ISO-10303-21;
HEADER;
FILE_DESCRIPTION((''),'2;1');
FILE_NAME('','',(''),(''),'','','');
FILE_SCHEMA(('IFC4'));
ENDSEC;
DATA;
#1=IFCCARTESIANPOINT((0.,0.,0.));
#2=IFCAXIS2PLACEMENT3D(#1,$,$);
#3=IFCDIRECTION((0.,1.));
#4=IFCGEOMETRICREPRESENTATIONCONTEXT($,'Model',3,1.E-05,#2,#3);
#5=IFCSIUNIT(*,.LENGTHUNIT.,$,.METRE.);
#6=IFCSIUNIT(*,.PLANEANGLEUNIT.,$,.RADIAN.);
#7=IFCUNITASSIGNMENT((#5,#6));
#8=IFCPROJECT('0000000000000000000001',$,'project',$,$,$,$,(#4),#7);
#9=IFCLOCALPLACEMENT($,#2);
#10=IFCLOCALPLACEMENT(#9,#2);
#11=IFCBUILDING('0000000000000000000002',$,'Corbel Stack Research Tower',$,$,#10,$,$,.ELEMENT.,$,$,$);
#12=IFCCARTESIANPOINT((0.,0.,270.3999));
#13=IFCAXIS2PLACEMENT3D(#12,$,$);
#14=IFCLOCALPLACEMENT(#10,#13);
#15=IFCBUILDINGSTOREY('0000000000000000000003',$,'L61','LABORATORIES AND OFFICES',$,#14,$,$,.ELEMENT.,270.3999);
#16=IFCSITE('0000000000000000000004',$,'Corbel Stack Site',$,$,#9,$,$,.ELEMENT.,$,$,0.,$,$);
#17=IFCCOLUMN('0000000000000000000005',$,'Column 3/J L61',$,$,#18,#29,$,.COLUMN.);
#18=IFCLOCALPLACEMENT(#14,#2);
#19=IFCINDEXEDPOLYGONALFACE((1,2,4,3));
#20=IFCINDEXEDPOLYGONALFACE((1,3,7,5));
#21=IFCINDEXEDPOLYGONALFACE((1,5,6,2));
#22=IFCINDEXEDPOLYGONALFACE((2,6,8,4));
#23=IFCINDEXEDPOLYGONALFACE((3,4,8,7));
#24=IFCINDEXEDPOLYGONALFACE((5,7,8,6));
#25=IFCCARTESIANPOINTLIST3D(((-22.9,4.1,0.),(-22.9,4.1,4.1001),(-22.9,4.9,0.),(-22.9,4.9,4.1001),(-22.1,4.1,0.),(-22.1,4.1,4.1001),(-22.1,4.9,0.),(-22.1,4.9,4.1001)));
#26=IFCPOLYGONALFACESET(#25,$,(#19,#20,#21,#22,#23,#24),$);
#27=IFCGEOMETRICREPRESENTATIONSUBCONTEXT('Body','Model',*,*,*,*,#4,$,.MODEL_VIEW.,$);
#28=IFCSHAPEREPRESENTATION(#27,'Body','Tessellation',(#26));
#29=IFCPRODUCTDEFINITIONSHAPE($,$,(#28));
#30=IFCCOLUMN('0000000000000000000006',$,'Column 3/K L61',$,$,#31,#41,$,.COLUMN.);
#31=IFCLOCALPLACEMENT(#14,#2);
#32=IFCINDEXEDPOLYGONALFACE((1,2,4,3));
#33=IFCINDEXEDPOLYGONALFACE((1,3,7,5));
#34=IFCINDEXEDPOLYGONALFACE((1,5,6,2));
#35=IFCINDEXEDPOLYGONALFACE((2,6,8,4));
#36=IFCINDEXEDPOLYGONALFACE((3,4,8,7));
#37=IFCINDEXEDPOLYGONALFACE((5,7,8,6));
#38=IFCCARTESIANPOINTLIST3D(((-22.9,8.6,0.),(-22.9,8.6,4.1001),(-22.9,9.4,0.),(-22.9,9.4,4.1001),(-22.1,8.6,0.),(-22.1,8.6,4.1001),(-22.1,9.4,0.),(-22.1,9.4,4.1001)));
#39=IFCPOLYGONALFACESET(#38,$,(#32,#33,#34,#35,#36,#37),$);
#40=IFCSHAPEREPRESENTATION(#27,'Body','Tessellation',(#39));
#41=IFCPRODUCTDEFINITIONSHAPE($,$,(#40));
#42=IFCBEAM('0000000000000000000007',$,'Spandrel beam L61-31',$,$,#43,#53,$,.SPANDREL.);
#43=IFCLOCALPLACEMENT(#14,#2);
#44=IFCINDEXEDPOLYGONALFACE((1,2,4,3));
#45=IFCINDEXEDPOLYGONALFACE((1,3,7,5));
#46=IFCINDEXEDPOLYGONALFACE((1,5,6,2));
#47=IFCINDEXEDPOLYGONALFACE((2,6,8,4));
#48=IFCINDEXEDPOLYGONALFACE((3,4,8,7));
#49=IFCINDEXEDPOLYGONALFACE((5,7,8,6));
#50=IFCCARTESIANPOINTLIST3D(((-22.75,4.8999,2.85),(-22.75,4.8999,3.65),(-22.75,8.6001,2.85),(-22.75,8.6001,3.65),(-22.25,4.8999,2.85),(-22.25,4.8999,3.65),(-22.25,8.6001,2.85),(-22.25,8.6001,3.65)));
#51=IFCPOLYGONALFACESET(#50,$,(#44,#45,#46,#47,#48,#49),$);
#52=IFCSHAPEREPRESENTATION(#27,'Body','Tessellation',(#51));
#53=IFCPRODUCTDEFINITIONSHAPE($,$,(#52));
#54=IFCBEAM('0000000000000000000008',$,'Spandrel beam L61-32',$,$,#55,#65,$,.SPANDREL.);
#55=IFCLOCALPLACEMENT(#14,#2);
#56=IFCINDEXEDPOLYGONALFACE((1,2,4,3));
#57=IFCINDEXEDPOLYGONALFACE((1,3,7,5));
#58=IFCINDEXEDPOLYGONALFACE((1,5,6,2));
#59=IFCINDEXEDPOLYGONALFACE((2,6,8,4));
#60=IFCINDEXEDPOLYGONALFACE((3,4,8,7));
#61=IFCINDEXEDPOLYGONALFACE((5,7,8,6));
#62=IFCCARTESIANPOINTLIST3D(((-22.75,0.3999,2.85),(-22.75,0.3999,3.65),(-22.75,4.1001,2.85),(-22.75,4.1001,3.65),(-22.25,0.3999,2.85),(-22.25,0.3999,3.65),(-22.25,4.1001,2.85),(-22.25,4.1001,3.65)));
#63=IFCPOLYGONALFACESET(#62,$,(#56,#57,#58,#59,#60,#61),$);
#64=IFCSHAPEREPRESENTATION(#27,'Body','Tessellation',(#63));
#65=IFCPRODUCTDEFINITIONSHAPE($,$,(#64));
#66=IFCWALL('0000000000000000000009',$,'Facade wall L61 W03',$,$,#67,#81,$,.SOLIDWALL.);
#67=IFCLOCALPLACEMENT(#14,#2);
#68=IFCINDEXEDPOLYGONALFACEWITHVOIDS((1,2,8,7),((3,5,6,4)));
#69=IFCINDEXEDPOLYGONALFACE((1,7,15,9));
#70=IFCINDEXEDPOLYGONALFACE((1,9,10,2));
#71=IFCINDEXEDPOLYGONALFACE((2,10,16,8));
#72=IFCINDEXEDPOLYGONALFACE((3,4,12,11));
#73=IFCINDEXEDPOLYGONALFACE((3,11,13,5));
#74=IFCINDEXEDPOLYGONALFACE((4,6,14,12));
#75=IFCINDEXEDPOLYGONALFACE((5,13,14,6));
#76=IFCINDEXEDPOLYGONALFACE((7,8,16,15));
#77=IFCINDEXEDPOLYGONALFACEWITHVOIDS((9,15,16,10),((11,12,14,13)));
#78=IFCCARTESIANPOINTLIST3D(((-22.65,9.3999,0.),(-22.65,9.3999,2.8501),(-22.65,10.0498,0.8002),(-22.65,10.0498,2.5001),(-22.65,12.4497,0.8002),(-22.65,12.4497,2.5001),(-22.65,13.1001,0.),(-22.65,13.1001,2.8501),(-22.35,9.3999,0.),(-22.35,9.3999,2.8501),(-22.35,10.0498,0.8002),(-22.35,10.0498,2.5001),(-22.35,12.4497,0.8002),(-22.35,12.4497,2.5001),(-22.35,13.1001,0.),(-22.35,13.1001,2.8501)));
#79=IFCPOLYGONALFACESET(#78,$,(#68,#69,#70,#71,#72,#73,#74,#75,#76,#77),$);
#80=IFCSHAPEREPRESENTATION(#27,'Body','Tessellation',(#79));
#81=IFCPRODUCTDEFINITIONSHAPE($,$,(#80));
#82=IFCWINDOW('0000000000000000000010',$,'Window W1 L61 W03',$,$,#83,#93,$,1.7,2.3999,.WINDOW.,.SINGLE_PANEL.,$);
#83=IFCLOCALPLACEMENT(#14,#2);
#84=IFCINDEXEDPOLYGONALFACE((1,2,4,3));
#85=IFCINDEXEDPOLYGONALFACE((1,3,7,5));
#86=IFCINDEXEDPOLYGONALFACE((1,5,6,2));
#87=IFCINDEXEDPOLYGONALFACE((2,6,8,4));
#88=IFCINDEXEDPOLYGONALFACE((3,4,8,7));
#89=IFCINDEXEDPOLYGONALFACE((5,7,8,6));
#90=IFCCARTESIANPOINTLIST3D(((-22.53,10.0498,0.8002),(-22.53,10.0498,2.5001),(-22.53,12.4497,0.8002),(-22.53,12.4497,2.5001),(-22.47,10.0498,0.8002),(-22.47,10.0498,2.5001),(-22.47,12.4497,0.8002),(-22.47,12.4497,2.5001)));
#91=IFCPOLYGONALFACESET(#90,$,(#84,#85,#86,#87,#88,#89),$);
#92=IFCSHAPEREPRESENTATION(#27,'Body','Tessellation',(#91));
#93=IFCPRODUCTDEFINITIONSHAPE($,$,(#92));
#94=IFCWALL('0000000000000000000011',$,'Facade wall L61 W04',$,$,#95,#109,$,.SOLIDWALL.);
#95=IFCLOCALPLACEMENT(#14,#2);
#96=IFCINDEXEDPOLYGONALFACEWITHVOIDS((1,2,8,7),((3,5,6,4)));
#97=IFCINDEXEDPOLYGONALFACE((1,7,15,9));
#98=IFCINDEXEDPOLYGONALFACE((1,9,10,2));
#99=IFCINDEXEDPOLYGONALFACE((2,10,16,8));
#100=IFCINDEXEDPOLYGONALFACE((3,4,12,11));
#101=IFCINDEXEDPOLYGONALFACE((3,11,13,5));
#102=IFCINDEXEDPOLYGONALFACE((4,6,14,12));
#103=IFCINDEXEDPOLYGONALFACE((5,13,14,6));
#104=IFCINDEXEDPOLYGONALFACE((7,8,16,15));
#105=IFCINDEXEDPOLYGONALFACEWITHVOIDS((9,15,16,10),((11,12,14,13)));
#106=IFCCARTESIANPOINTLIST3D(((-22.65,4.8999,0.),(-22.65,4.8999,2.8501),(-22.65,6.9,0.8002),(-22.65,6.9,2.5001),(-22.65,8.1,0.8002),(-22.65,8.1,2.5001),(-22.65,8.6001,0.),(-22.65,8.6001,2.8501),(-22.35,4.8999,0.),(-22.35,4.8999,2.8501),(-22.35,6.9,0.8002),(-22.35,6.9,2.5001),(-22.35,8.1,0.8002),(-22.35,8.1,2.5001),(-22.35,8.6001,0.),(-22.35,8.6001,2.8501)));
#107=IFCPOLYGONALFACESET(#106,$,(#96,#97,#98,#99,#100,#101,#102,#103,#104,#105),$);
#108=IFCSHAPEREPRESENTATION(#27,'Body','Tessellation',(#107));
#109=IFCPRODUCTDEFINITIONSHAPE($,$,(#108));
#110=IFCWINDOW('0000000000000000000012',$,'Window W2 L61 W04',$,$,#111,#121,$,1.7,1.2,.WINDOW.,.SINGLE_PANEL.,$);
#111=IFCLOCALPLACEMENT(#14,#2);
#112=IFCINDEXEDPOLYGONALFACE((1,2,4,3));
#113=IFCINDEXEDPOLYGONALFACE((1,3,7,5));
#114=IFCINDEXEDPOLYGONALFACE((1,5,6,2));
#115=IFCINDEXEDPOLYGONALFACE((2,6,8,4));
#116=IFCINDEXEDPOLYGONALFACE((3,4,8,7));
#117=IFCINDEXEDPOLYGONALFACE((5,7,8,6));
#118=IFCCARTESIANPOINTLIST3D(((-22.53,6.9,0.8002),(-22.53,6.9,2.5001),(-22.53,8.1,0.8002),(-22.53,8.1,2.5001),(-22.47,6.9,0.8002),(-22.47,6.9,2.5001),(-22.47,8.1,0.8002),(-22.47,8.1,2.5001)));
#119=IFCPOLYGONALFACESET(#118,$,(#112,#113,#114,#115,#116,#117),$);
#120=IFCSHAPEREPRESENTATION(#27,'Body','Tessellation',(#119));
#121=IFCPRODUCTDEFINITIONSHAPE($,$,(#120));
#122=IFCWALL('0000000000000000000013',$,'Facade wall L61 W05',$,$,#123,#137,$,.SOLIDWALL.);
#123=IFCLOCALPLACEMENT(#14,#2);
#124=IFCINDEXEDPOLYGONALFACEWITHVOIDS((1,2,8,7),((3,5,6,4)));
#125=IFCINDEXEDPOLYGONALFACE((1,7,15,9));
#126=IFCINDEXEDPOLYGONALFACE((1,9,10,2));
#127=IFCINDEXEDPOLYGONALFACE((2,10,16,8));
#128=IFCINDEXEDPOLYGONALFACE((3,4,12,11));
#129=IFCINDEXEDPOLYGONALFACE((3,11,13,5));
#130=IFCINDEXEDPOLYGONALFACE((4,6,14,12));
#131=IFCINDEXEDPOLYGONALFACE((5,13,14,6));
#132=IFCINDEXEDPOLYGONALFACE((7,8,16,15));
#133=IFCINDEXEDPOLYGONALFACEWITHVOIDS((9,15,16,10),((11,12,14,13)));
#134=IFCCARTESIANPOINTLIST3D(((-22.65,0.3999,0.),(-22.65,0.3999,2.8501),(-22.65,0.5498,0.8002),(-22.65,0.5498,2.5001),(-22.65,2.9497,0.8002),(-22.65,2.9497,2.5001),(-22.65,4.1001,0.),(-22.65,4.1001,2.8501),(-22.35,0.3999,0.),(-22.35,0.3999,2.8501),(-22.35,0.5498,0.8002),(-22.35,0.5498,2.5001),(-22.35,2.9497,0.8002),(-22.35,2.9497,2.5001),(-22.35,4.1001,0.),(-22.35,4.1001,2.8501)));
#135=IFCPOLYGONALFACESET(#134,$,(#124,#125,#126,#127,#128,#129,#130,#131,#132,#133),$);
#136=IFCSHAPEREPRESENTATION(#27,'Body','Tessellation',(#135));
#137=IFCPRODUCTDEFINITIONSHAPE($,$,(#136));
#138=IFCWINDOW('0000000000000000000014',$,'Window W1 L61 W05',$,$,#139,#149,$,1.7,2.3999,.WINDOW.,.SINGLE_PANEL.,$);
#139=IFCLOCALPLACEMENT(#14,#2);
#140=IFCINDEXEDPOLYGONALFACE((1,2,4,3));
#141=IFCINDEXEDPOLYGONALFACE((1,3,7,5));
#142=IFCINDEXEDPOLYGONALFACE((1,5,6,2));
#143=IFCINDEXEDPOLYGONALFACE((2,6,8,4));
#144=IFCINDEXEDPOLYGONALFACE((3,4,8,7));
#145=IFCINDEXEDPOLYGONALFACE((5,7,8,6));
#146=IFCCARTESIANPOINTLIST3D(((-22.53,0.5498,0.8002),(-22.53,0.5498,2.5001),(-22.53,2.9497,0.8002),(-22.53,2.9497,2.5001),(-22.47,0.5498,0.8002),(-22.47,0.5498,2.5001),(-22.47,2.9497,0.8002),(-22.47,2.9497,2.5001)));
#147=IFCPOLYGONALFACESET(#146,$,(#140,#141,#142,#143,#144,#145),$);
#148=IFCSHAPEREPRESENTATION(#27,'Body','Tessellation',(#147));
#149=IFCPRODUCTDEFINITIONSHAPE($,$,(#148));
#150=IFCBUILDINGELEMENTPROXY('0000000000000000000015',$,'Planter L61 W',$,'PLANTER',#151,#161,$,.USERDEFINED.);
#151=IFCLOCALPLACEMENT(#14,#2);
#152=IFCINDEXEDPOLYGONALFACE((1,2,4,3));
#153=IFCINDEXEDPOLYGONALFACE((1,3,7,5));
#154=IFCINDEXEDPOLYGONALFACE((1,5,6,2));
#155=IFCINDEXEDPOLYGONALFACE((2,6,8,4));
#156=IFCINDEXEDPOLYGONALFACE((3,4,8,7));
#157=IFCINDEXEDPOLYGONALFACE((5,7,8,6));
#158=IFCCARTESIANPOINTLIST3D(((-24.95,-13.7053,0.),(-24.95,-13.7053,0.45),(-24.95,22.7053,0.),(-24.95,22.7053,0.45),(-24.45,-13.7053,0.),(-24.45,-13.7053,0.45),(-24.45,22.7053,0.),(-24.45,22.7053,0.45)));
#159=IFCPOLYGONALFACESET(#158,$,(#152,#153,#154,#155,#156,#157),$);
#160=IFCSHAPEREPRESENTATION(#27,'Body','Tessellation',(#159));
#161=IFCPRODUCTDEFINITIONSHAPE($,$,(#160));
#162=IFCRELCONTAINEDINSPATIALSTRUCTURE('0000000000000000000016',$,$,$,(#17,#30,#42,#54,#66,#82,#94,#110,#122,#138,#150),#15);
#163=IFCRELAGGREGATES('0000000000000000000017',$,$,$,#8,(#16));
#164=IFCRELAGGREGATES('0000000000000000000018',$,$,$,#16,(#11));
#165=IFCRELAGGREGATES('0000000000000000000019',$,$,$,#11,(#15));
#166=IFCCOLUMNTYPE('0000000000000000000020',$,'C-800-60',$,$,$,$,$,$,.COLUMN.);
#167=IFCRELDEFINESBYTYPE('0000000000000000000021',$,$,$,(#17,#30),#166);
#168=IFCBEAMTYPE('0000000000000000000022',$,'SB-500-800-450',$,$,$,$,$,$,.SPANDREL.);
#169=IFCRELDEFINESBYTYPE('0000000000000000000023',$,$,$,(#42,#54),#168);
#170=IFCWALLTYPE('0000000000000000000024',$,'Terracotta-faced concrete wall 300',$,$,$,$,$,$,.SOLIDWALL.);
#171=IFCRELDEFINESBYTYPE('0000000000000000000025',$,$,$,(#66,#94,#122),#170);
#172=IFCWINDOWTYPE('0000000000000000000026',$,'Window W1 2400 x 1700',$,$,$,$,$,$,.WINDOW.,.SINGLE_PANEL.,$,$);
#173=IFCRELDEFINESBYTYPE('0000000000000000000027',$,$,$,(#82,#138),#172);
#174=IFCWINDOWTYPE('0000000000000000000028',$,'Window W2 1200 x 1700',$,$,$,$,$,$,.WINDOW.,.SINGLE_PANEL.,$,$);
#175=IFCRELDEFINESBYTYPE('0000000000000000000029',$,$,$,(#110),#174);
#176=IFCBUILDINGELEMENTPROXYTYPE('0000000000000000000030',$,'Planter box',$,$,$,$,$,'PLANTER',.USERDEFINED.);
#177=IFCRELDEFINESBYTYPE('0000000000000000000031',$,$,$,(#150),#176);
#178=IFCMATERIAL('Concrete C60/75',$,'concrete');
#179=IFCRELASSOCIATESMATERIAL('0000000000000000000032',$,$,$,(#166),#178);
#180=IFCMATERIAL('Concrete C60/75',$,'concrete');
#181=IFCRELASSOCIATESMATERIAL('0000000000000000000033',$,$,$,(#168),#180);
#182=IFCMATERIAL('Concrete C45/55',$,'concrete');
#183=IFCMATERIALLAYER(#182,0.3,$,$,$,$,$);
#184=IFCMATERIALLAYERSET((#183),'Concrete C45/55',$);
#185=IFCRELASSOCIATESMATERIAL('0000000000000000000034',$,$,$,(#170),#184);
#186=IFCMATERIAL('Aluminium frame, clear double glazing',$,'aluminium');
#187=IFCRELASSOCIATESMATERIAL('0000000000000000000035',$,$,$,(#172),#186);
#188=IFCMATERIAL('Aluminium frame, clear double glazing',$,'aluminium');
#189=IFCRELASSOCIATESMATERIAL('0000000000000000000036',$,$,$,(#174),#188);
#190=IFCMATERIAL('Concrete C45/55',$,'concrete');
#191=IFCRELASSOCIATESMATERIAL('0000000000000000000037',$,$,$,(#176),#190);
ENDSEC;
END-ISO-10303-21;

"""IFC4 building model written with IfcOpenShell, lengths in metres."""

from ifc_helpers import new_model, si_unit, direction, frame, frame_2d, origin, origin_2d, place, context, subcontext, project, spatial, rectangle, extrude, material, layer, layer_set, material_profile, profile_set, type_object, element, fill, save


model = new_model("IFC4")

# Units and contexts
model_context = context("Model", 3, precision=1e-05, world=origin(), true_north=direction((0.0, 1.0)))
body_context = subcontext(model_context, "Body", "Model", "MODEL_VIEW")
ifc_project = project(units=[si_unit("LENGTHUNIT", "METRE"), si_unit("PLANEANGLEUNIT", "RADIAN")], contexts=[model_context])

# Site, building, storey
site_placement = place(None, origin())
site = spatial("IfcSite", under=ifc_project, at=site_placement, Name="Corbel Stack Site", CompositionType="ELEMENT", RefElevation=0.0)
building_placement = place(site_placement, origin())
building = spatial("IfcBuilding", under=site, at=building_placement, Name="Corbel Stack Research Tower", CompositionType="ELEMENT")
storey_placement = place(building_placement, frame((0.0, 0.0, 270.3999)))
storey = spatial("IfcBuildingStorey", under=building, at=storey_placement, Name="L61", Description="LABORATORIES AND OFFICES", CompositionType="ELEMENT", Elevation=270.3999)

# Columns
ifc_material_1 = material(Name="Concrete C60/75", Category="concrete")
ifc_material_profile_1 = material_profile(ifc_material_1, rectangle(XDim=0.8, YDim=0.8, at=origin_2d()), Name="RC 800 x 800")
ifc_profile_set_1 = profile_set([ifc_material_profile_1], Name="Concrete C60/75")
column_type = type_object("IfcColumnType", Name="C-800-60", PredefinedType="COLUMN", material=ifc_profile_set_1)
for number, where, z_axis, x_axis, name in (
    (1, (-22.5, 4.5, 0.0), (0.0, 0.0, 1.0), (1.0, 0.0, 0.0), "Column 3/J L61"),
    (2, (-22.5, 9.0, 0.0), (0.0, 0.0, 1.0), (1.0, 0.0, 0.0), "Column 3/K L61"),
):
    element("IfcColumn", number, at=place(storey_placement, frame(where, z_axis=z_axis, x_axis=x_axis)), inside=storey, type_object=column_type, Name=name, PredefinedType="COLUMN", context=body_context, shape_type="SweptSolid", body=[
        extrude(rectangle(XDim=0.8, YDim=0.8, at=origin_2d()), origin(), (0.0, 0.0, 1.0), 4.1001),
    ])

# Beams
ifc_material_2 = material(Name="Concrete C60/75", Category="concrete")
ifc_material_profile_2 = material_profile(ifc_material_2, rectangle(XDim=0.5, YDim=0.8, at=origin_2d()), Name="RC 500 x 800")
ifc_profile_set_2 = profile_set([ifc_material_profile_2], Name="Concrete C60/75")
beam_type = type_object("IfcBeamType", Name="SB-500-800-450", PredefinedType="SPANDREL", material=ifc_profile_set_2)
for number, where, z_axis, x_axis, name in (
    (3, (-22.5, 8.6001, 3.25), (0.0, -1.0, 0.0), (1.0, 0.0, 0.0), "Spandrel beam L61-31"),
    (4, (-22.5, 4.1001, 3.25), (0.0, -1.0, 0.0), (1.0, 0.0, 0.0), "Spandrel beam L61-32"),
):
    element("IfcBeam", number, at=place(storey_placement, frame(where, z_axis=z_axis, x_axis=x_axis)), inside=storey, type_object=beam_type, Name=name, PredefinedType="SPANDREL", context=body_context, shape_type="SweptSolid", body=[
        extrude(rectangle(XDim=0.5, YDim=0.8, at=origin_2d()), origin(), (0.0, 0.0, 1.0), 3.7002),
    ])

# Walls, openings, windows
ifc_material_3 = material(Name="Concrete C45/55", Category="concrete")
ifc_layer = layer(ifc_material_3, 0.3)
ifc_layer_set = layer_set([ifc_layer], Name="Concrete C45/55")
wall_type = type_object("IfcWallType", Name="Terracotta-faced concrete wall 300", PredefinedType="SOLIDWALL", material=ifc_layer_set)
wall_1_placement = place(storey_placement, frame((-22.5, 9.3999, 0.0), z_axis=(0.0, 0.0, 1.0), x_axis=(0.0, 1.0, 0.0)))
wall_1 = element("IfcWall", 5, at=wall_1_placement, inside=storey, type_object=wall_type, Name="Facade wall L61 W03", PredefinedType="SOLIDWALL", context=body_context, shape_type="SweptSolid", body=[
    extrude(rectangle(XDim=3.7002, YDim=0.3, at=frame_2d((1.8501, 0.0))), origin(), (0.0, 0.0, 1.0), 2.8501),
])
opening_1_placement = place(wall_1_placement, frame((0.6499, 0.0, 0.8)))
opening_1 = element("IfcOpeningElement", 6, at=opening_1_placement, cuts=wall_1, PredefinedType="OPENING", context=body_context, shape_type="SweptSolid", body=[
    extrude(rectangle(XDim=2.3999, YDim=1.7, at=frame_2d((1.2, 0.8501))), frame((0.0, 0.1599, 0.0), z_axis=(0.0, -1.0, 0.0), x_axis=(1.0, 0.0, 0.0)), (0.0, 0.0, 1.0), 0.3201),
])
ifc_material_4 = material(Name="Aluminium frame, clear double glazing", Category="aluminium")
window_type_1 = type_object("IfcWindowType", Name="Window W1 2400 x 1700", PartitioningType="SINGLE_PANEL", PredefinedType="WINDOW", material=ifc_material_4)
window_1_placement = place(opening_1_placement, origin())
window_1 = element("IfcWindow", 7, at=window_1_placement, inside=storey, type_object=window_type_1, Name="Window W1 L61 W03", OverallHeight=1.7, OverallWidth=2.3999, PartitioningType="SINGLE_PANEL", PredefinedType="WINDOW", context=body_context, shape_type="SweptSolid", body=[
    extrude(rectangle(XDim=2.3999, YDim=1.7, at=frame_2d((1.2, 0.8501))), frame((0.0, 0.03, 0.0), z_axis=(0.0, -1.0, 0.0), x_axis=(1.0, 0.0, 0.0)), (0.0, 0.0, 1.0), 0.0601),
])
fill(opening_1, window_1)
wall_2_placement = place(storey_placement, frame((-22.5, 4.8999, 0.0), z_axis=(0.0, 0.0, 1.0), x_axis=(0.0, 1.0, 0.0)))
wall_2 = element("IfcWall", 8, at=wall_2_placement, inside=storey, type_object=wall_type, Name="Facade wall L61 W04", PredefinedType="SOLIDWALL", context=body_context, shape_type="SweptSolid", body=[
    extrude(rectangle(XDim=3.7002, YDim=0.3, at=frame_2d((1.8501, 0.0))), origin(), (0.0, 0.0, 1.0), 2.8501),
])
opening_2_placement = place(wall_2_placement, frame((2.0, 0.0, 0.8)))
opening_2 = element("IfcOpeningElement", 9, at=opening_2_placement, cuts=wall_2, PredefinedType="OPENING", context=body_context, shape_type="SweptSolid", body=[
    extrude(rectangle(XDim=1.2, YDim=1.7, at=frame_2d((0.6001, 0.8501))), frame((0.0, 0.1599, 0.0), z_axis=(0.0, -1.0, 0.0), x_axis=(1.0, 0.0, 0.0)), (0.0, 0.0, 1.0), 0.3201),
])
ifc_material_5 = material(Name="Aluminium frame, clear double glazing", Category="aluminium")
window_type_2 = type_object("IfcWindowType", Name="Window W2 1200 x 1700", PartitioningType="SINGLE_PANEL", PredefinedType="WINDOW", material=ifc_material_5)
window_2_placement = place(opening_2_placement, origin())
window_2 = element("IfcWindow", 10, at=window_2_placement, inside=storey, type_object=window_type_2, Name="Window W2 L61 W04", OverallHeight=1.7, OverallWidth=1.2, PartitioningType="SINGLE_PANEL", PredefinedType="WINDOW", context=body_context, shape_type="SweptSolid", body=[
    extrude(rectangle(XDim=1.2, YDim=1.7, at=frame_2d((0.6001, 0.8501))), frame((0.0, 0.03, 0.0), z_axis=(0.0, -1.0, 0.0), x_axis=(1.0, 0.0, 0.0)), (0.0, 0.0, 1.0), 0.0601),
])
fill(opening_2, window_2)
wall_3_placement = place(storey_placement, frame((-22.5, 0.3999, 0.0), z_axis=(0.0, 0.0, 1.0), x_axis=(0.0, 1.0, 0.0)))
wall_3 = element("IfcWall", 11, at=wall_3_placement, inside=storey, type_object=wall_type, Name="Facade wall L61 W05", PredefinedType="SOLIDWALL", context=body_context, shape_type="SweptSolid", body=[
    extrude(rectangle(XDim=3.7002, YDim=0.3, at=frame_2d((1.8501, 0.0))), origin(), (0.0, 0.0, 1.0), 2.8501),
])
opening_3_placement = place(wall_3_placement, frame((0.1499, 0.0, 0.8)))
opening_3 = element("IfcOpeningElement", 12, at=opening_3_placement, cuts=wall_3, PredefinedType="OPENING", context=body_context, shape_type="SweptSolid", body=[
    extrude(rectangle(XDim=2.3999, YDim=1.7, at=frame_2d((1.2, 0.8501))), frame((0.0, 0.1599, 0.0), z_axis=(0.0, -1.0, 0.0), x_axis=(1.0, 0.0, 0.0)), (0.0, 0.0, 1.0), 0.3201),
])
window_3_placement = place(opening_3_placement, origin())
window_3 = element("IfcWindow", 13, at=window_3_placement, inside=storey, type_object=window_type_1, Name="Window W1 L61 W05", OverallHeight=1.7, OverallWidth=2.3999, PartitioningType="SINGLE_PANEL", PredefinedType="WINDOW", context=body_context, shape_type="SweptSolid", body=[
    extrude(rectangle(XDim=2.3999, YDim=1.7, at=frame_2d((1.2, 0.8501))), frame((0.0, 0.03, 0.0), z_axis=(0.0, -1.0, 0.0), x_axis=(1.0, 0.0, 0.0)), (0.0, 0.0, 1.0), 0.0601),
])
fill(opening_3, window_3)

# Building element proxy
ifc_material_6 = material(Name="Concrete C45/55", Category="concrete")
building_element_proxy_type = type_object("IfcBuildingElementProxyType", Name="Planter box", ElementType="PLANTER", PredefinedType="USERDEFINED", material=ifc_material_6)
proxy_placement = place(storey_placement, frame((-24.7, 4.5, 0.0), z_axis=(0.0, 0.0, 1.0), x_axis=(0.0, -1.0, 0.0)))
element("IfcBuildingElementProxy", 14, at=proxy_placement, inside=storey, type_object=building_element_proxy_type, Name="Planter L61 W", ObjectType="PLANTER", PredefinedType="USERDEFINED", context=body_context, shape_type="SweptSolid", body=[
    extrude(rectangle(XDim=36.4106, YDim=0.5, at=origin_2d()), origin(), (0.0, 0.0, 1.0), 0.45),
])

save(model, "model.ifc")
